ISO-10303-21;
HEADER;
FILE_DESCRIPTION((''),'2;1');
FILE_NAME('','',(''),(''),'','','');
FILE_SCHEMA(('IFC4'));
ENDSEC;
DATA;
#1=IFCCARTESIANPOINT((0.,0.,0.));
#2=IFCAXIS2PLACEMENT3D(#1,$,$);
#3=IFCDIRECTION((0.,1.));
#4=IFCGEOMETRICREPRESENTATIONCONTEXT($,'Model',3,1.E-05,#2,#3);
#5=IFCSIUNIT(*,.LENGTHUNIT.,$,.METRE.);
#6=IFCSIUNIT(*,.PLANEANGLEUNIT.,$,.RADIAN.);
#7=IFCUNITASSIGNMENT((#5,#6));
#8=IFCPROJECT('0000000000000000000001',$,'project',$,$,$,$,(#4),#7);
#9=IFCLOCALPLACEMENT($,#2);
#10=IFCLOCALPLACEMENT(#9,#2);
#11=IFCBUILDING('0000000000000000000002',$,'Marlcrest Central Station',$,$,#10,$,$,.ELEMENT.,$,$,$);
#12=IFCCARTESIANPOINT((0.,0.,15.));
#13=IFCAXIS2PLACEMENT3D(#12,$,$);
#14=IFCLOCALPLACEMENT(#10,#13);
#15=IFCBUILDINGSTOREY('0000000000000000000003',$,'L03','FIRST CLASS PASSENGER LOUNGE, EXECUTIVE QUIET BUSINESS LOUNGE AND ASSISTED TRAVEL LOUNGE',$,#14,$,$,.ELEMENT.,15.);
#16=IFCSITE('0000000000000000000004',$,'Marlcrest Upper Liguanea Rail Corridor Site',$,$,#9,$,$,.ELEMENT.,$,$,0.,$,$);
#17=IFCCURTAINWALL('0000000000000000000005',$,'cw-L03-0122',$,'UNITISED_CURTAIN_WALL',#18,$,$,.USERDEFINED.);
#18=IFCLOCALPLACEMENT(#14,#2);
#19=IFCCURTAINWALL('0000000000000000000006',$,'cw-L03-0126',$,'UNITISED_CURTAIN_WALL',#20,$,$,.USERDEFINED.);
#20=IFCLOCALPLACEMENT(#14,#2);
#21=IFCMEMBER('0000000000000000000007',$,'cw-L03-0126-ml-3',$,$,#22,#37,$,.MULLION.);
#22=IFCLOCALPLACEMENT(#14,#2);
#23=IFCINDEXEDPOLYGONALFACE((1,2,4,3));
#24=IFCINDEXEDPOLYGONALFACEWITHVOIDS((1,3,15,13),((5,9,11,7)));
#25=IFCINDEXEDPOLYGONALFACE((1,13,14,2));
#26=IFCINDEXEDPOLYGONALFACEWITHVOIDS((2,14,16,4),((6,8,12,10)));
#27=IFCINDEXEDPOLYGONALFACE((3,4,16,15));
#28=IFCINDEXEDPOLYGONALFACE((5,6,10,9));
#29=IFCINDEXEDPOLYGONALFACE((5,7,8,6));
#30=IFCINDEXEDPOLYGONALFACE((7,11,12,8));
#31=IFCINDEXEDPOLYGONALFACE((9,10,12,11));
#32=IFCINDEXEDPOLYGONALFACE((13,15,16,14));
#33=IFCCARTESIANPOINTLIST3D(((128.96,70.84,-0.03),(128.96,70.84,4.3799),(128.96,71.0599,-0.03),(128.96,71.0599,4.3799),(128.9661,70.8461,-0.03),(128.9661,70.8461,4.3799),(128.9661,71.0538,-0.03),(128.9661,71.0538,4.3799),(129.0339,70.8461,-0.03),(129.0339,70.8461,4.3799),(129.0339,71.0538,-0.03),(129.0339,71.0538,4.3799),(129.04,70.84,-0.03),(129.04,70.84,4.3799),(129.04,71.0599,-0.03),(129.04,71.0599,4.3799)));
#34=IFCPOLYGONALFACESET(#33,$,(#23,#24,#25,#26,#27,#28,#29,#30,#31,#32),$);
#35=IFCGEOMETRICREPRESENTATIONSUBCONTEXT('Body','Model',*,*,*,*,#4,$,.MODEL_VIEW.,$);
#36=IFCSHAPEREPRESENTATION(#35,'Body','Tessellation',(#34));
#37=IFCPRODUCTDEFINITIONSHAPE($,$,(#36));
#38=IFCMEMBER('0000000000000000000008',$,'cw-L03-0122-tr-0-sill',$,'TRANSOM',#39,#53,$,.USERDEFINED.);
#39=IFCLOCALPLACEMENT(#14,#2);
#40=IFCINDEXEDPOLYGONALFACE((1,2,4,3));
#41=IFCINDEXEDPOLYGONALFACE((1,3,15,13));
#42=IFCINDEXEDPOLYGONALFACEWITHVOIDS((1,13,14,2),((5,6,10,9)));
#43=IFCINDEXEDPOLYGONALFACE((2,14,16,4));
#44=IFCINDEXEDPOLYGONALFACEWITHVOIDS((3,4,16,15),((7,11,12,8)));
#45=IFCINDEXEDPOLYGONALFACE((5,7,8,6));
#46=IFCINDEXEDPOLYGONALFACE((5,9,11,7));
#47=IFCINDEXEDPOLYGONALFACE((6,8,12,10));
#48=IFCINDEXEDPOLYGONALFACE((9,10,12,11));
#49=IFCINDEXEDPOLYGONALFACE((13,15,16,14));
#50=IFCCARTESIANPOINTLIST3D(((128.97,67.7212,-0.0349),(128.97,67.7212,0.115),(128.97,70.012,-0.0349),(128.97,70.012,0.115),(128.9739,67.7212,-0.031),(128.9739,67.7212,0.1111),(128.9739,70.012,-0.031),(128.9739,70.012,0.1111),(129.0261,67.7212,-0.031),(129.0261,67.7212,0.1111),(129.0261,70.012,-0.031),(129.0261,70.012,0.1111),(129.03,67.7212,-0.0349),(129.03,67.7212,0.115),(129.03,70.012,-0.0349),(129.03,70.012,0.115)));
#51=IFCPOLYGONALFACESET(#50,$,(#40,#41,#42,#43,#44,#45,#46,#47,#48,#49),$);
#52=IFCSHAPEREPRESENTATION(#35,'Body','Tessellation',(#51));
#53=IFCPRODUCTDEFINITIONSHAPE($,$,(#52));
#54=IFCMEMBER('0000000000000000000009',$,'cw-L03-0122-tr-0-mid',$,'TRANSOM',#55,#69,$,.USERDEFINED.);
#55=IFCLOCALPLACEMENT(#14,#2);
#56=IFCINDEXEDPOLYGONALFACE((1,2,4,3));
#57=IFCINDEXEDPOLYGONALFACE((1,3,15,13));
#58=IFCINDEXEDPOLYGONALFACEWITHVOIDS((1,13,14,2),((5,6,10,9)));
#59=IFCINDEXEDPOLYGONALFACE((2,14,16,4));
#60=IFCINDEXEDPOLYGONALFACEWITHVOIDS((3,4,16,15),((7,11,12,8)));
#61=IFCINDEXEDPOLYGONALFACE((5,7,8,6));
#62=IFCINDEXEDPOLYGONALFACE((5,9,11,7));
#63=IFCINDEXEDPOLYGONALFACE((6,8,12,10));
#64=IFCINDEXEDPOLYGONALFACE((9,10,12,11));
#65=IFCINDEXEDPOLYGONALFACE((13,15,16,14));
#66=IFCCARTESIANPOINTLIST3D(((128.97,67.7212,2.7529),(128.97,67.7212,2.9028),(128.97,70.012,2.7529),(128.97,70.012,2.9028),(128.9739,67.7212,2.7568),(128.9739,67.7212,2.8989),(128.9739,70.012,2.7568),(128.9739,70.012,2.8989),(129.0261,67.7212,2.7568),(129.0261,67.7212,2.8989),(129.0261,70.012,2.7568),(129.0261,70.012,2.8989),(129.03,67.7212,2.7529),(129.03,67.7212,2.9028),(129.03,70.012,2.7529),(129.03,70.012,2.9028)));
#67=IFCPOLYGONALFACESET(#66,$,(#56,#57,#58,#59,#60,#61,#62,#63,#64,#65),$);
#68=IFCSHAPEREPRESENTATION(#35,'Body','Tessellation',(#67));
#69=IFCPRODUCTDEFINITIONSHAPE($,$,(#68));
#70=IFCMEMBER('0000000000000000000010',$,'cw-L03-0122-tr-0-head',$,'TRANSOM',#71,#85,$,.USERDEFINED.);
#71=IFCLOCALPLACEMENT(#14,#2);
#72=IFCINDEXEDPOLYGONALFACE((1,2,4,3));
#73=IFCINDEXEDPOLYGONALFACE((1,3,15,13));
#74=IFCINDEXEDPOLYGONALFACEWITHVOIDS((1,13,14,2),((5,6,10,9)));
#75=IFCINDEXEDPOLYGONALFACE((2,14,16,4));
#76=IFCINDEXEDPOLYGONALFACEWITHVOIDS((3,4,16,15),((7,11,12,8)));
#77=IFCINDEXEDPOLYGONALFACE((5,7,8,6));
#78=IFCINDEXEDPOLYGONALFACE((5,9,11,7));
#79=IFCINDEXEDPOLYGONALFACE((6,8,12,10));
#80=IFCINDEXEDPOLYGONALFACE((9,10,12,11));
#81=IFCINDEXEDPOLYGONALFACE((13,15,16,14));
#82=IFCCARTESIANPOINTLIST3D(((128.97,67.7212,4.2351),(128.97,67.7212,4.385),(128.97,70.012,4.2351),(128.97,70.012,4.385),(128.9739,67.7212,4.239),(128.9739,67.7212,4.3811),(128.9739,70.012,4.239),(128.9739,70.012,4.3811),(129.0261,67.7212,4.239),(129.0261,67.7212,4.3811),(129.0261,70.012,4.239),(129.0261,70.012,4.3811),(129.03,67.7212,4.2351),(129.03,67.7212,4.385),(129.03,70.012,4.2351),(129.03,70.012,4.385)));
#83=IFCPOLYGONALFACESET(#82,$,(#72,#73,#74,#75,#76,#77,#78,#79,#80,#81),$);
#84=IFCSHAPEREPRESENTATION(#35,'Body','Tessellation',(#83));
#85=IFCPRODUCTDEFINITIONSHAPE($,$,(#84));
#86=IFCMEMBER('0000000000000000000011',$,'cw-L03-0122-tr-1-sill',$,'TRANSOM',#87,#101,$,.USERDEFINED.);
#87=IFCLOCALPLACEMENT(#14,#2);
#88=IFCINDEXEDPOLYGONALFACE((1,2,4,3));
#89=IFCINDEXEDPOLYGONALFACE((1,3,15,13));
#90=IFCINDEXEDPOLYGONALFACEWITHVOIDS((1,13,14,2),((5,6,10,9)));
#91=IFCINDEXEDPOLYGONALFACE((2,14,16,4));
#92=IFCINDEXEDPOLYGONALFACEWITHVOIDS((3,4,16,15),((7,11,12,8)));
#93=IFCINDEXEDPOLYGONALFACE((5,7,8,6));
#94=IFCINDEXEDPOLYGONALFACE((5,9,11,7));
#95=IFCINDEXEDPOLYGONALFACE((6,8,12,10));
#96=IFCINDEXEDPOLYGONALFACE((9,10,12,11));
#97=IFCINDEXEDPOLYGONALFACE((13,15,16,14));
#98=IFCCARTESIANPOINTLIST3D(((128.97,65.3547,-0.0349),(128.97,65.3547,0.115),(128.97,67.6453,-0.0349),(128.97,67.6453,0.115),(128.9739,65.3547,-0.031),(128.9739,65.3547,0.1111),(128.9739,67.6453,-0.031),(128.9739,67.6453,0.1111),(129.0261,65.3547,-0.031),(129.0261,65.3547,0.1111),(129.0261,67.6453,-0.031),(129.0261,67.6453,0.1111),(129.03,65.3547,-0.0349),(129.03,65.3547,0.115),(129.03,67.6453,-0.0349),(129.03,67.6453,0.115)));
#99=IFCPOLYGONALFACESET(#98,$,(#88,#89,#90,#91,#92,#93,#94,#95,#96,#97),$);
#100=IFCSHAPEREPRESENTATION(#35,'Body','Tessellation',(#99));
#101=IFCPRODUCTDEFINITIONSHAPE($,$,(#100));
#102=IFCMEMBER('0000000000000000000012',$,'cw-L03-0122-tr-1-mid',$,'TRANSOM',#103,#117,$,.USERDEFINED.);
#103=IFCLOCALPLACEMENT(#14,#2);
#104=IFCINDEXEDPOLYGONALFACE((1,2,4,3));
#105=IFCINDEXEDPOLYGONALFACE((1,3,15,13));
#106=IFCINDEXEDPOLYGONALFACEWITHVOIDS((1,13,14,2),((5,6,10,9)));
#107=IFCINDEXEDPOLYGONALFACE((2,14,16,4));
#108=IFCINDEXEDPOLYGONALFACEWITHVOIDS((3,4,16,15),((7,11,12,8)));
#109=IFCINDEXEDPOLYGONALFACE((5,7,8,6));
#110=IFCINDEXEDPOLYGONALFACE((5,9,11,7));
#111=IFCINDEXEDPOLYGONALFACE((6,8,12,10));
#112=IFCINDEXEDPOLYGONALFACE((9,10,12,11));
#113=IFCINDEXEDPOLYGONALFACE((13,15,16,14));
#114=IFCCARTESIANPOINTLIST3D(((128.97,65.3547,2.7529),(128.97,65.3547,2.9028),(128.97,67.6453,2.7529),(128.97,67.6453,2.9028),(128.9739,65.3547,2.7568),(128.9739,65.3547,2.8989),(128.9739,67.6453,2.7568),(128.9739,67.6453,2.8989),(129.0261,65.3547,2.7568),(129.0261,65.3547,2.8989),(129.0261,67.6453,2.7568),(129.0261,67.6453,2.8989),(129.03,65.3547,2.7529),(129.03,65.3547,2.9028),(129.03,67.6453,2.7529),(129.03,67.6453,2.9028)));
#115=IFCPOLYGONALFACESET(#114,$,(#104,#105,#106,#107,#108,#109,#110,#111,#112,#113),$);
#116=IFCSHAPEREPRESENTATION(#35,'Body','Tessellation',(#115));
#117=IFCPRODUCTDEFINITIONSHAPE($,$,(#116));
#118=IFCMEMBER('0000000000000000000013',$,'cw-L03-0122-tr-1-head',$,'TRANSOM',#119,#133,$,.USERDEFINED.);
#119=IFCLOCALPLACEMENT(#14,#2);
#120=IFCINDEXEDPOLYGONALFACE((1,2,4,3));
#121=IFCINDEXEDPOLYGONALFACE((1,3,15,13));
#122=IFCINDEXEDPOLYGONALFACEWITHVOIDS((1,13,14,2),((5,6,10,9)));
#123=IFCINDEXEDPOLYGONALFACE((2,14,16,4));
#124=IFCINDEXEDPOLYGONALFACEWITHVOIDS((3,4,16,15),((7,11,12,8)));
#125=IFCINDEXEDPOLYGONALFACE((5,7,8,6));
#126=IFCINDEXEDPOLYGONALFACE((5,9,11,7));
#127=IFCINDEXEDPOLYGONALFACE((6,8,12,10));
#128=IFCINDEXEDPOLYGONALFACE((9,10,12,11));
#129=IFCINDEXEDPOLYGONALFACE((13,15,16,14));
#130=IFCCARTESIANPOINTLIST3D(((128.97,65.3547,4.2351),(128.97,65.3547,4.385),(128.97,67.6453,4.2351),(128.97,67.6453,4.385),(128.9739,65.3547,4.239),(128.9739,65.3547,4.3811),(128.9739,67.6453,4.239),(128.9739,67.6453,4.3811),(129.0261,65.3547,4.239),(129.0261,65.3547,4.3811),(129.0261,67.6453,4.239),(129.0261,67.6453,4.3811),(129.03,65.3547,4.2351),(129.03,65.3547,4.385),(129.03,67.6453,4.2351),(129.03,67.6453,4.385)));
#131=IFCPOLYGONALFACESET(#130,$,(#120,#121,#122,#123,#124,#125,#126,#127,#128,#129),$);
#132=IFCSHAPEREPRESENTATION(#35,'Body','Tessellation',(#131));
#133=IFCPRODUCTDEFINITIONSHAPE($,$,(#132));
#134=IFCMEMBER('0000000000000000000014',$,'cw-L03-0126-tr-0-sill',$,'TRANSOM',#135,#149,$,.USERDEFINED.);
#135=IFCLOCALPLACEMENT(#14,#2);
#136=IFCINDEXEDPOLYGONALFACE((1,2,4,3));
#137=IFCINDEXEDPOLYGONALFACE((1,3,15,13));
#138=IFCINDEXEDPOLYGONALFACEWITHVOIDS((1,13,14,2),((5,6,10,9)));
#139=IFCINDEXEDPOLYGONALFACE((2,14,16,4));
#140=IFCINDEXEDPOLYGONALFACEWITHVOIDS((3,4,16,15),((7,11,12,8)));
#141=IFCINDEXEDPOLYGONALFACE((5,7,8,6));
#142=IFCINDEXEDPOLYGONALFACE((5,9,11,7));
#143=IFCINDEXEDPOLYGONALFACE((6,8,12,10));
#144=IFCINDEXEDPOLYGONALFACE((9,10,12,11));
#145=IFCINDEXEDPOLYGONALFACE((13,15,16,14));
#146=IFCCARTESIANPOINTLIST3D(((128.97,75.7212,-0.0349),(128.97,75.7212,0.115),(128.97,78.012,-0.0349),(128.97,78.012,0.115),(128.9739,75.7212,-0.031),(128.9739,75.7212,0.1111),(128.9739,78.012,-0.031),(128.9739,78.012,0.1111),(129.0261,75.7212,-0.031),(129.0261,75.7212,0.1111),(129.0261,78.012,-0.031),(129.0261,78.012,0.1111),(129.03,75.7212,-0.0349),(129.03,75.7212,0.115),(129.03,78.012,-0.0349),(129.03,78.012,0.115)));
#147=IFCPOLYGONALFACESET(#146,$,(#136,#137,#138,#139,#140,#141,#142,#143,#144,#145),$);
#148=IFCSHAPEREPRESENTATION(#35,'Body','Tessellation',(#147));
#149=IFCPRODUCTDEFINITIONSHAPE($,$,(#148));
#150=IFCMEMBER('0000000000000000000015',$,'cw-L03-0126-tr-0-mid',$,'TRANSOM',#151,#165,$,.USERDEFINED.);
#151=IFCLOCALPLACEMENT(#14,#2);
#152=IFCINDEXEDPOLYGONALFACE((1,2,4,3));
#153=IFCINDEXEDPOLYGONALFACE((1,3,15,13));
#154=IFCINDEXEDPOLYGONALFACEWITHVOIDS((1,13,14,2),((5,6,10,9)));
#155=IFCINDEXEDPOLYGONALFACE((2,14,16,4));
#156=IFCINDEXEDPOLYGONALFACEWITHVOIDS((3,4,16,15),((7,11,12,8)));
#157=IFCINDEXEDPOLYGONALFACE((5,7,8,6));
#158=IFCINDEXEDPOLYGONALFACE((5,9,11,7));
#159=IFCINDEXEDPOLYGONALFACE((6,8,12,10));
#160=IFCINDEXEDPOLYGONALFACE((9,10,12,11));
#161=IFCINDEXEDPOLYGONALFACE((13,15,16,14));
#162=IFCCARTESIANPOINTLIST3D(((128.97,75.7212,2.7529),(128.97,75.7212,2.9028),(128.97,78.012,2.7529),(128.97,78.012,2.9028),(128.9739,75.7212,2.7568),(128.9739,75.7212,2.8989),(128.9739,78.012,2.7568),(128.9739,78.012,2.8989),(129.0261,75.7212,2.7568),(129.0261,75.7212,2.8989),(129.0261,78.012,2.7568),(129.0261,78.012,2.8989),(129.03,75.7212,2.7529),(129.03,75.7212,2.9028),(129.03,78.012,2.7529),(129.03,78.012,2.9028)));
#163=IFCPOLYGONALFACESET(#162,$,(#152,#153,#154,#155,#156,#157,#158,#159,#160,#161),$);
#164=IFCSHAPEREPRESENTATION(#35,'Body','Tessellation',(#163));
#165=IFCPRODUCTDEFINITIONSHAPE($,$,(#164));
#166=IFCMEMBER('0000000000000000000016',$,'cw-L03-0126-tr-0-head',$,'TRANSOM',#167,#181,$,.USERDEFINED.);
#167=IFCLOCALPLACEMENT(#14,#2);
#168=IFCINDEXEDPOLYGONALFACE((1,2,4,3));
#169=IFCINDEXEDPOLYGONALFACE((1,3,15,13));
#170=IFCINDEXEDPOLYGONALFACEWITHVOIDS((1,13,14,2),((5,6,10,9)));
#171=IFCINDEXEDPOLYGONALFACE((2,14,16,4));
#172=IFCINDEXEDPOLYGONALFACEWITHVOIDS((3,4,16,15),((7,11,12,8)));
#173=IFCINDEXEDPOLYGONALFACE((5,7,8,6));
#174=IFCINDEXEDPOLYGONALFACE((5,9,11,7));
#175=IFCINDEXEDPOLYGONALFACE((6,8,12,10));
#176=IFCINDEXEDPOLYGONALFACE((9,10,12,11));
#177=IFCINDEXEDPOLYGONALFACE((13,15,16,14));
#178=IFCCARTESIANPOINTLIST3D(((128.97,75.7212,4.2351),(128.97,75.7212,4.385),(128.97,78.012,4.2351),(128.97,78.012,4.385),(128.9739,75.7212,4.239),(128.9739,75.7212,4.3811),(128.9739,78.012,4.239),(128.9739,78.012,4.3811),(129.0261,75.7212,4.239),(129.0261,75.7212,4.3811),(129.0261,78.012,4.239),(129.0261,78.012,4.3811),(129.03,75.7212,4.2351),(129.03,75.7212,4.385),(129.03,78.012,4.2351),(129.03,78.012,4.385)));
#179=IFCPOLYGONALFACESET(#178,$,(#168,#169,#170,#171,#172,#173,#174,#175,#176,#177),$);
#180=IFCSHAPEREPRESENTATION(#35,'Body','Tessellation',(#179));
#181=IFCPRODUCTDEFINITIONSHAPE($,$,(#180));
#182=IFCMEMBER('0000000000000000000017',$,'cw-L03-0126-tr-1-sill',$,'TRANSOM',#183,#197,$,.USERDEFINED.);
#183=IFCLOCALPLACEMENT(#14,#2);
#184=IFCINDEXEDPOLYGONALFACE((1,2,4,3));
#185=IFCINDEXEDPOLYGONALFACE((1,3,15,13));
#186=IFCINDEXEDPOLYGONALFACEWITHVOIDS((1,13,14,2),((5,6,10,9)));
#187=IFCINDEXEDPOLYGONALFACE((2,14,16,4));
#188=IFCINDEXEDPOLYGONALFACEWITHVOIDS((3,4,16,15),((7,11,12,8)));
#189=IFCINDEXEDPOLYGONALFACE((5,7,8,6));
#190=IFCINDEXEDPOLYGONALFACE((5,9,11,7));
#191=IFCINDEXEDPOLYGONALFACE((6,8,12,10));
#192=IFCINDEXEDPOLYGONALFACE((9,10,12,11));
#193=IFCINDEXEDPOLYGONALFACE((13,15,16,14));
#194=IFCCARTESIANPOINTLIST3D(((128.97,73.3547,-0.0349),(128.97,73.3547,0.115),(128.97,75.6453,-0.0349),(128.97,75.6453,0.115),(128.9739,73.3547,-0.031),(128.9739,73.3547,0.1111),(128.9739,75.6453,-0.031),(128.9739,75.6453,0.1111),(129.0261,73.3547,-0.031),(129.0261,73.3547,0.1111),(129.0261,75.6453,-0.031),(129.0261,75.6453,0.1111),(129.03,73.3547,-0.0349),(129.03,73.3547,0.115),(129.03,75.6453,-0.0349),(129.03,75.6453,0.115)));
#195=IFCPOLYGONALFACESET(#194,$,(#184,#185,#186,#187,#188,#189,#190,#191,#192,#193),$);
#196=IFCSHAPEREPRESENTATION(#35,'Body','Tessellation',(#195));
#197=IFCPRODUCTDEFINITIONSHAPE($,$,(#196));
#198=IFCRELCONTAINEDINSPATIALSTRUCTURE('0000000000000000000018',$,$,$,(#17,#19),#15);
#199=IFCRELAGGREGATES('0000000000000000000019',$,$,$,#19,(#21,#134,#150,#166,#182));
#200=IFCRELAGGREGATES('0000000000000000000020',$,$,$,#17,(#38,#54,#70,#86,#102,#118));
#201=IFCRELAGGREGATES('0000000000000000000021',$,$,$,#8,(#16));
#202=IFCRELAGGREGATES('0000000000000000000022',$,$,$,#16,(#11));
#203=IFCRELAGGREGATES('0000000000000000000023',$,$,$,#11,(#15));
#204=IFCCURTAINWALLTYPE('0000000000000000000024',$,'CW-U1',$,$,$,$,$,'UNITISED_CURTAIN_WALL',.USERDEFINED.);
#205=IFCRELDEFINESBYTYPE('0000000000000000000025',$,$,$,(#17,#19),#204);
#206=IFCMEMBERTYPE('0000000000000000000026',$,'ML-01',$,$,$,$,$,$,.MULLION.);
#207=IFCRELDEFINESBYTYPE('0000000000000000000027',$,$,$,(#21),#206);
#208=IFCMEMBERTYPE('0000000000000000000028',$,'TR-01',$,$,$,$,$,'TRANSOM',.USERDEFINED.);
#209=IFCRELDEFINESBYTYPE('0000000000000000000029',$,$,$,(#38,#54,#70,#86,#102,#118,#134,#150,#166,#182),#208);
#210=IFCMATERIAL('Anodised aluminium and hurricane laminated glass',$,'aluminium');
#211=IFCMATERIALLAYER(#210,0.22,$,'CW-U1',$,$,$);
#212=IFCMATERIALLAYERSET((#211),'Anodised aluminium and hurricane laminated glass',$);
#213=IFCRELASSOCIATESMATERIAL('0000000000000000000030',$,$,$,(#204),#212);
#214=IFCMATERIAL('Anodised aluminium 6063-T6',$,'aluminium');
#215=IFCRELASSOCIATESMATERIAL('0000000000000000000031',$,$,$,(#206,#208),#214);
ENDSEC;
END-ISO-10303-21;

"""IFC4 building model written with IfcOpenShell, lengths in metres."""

from ifc_helpers import new_model, si_unit, direction, frame, origin, origin_2d, place, context, subcontext, project, spatial, hollow_rectangle, extrude, material, layer, layer_set, material_profile, profile_set, type_object, element, aggregate, save


model = new_model("IFC4")

# Units and contexts
model_context = context("Model", 3, precision=1e-05, world=origin(), true_north=direction((0.0, 1.0)))
body_context = subcontext(model_context, "Body", "Model", "MODEL_VIEW")
ifc_project = project(units=[si_unit("LENGTHUNIT", "METRE"), si_unit("PLANEANGLEUNIT", "RADIAN")], contexts=[model_context])

# Site, building, storey
site_placement = place(None, origin())
site = spatial("IfcSite", under=ifc_project, at=site_placement, Name="Marlcrest Upper Liguanea Rail Corridor Site", CompositionType="ELEMENT", RefElevation=0.0)
building_placement = place(site_placement, origin())
building = spatial("IfcBuilding", under=site, at=building_placement, Name="Marlcrest Central Station", CompositionType="ELEMENT")
storey_placement = place(building_placement, frame((0.0, 0.0, 15.0)))
storey = spatial("IfcBuildingStorey", under=building, at=storey_placement, Name="L03", Description="FIRST CLASS PASSENGER LOUNGE, EXECUTIVE QUIET BUSINESS LOUNGE AND ASSISTED TRAVEL LOUNGE", CompositionType="ELEMENT", Elevation=15.0)

# Curtain walls, member
ifc_material_1 = material(Name="Anodised aluminium and hurricane laminated glass", Category="aluminium")
ifc_layer_1 = layer(ifc_material_1, 0.22, Name="CW-U1")
ifc_layer_set_1 = layer_set([ifc_layer_1], Name="Anodised aluminium and hurricane laminated glass")
curtain_wall_type = type_object("IfcCurtainWallType", Name="CW-U1", ElementType="UNITISED_CURTAIN_WALL", PredefinedType="USERDEFINED", material=ifc_layer_set_1)
curtain_wall_1_placement = place(storey_placement, origin())
curtain_wall_1 = element("IfcCurtainWall", 1, at=curtain_wall_1_placement, inside=storey, type_object=curtain_wall_type, Name="cw-L03-0122", ObjectType="UNITISED_CURTAIN_WALL", PredefinedType="USERDEFINED")
ifc_material_2 = material(Name="Anodised aluminium 6063-T6", Category="aluminium")
ifc_material_profile_1 = material_profile(ifc_material_2, hollow_rectangle(XDim=0.0801, YDim=0.22, WallThickness=0.0061, at=origin_2d()), Name="AA-RHS 220x80x6")
ifc_profile_set_1 = profile_set([ifc_material_profile_1], Name="Anodised aluminium 6063-T6")
member_type_1 = type_object("IfcMemberType", Name="ML-01", PredefinedType="MULLION", material=ifc_profile_set_1)
curtain_wall_2_placement = place(storey_placement, origin())
curtain_wall_2 = element("IfcCurtainWall", 2, at=curtain_wall_2_placement, inside=storey, type_object=curtain_wall_type, Name="cw-L03-0126", ObjectType="UNITISED_CURTAIN_WALL", PredefinedType="USERDEFINED")
member_1_placement = place(storey_placement, frame((129.0, 70.95, -0.03), z_axis=(0.0, 0.0, 1.0), x_axis=(1.0, 0.0, 0.0)))
member_1 = element("IfcMember", 3, at=member_1_placement, type_object=member_type_1, Name="cw-L03-0126-ml-3", PredefinedType="MULLION", context=body_context, shape_type="SweptSolid", body=[
    extrude(hollow_rectangle(XDim=0.0801, YDim=0.22, WallThickness=0.0061, at=origin_2d()), origin(), (0.0, 0.0, 1.0), 4.4099),
])

# Members
ifc_material_profile_2 = material_profile(ifc_material_2, hollow_rectangle(XDim=0.0601, YDim=0.1499, WallThickness=0.0039, at=origin_2d()), Name="AA-RHS 150x60x4")
ifc_profile_set_2 = profile_set([ifc_material_profile_2], Name="Anodised aluminium 6063-T6")
member_type_2 = type_object("IfcMemberType", Name="TR-01", ElementType="TRANSOM", PredefinedType="USERDEFINED", material=ifc_profile_set_2)
member_2_placement = place(storey_placement, frame((129.0, 70.012, 0.04), z_axis=(0.0, -1.0, 0.0), x_axis=(1.0, 0.0, 0.0)))
member_2 = element("IfcMember", 4, at=member_2_placement, type_object=member_type_2, Name="cw-L03-0122-tr-0-sill", ObjectType="TRANSOM", PredefinedType="USERDEFINED", context=body_context, shape_type="SweptSolid", body=[
    extrude(hollow_rectangle(XDim=0.0601, YDim=0.1499, WallThickness=0.0039, at=origin_2d()), origin(), (0.0, 0.0, 1.0), 2.2908),
])
member_3_placement = place(storey_placement, frame((129.0, 70.012, 2.8279), z_axis=(0.0, -1.0, 0.0), x_axis=(1.0, 0.0, 0.0)))
member_3 = element("IfcMember", 5, at=member_3_placement, type_object=member_type_2, Name="cw-L03-0122-tr-0-mid", ObjectType="TRANSOM", PredefinedType="USERDEFINED", context=body_context, shape_type="SweptSolid", body=[
    extrude(hollow_rectangle(XDim=0.0601, YDim=0.1499, WallThickness=0.0039, at=origin_2d()), origin(), (0.0, 0.0, 1.0), 2.2908),
])
member_4_placement = place(storey_placement, frame((129.0, 70.012, 4.3101), z_axis=(0.0, -1.0, 0.0), x_axis=(1.0, 0.0, 0.0)))
member_4 = element("IfcMember", 6, at=member_4_placement, type_object=member_type_2, Name="cw-L03-0122-tr-0-head", ObjectType="TRANSOM", PredefinedType="USERDEFINED", context=body_context, shape_type="SweptSolid", body=[
    extrude(hollow_rectangle(XDim=0.0601, YDim=0.1499, WallThickness=0.0039, at=origin_2d()), origin(), (0.0, 0.0, 1.0), 2.2908),
])
member_5_placement = place(storey_placement, frame((129.0, 67.6453, 0.04), z_axis=(0.0, -1.0, 0.0), x_axis=(1.0, 0.0, 0.0)))
member_5 = element("IfcMember", 7, at=member_5_placement, type_object=member_type_2, Name="cw-L03-0122-tr-1-sill", ObjectType="TRANSOM", PredefinedType="USERDEFINED", context=body_context, shape_type="SweptSolid", body=[
    extrude(hollow_rectangle(XDim=0.0601, YDim=0.1499, WallThickness=0.0039, at=origin_2d()), origin(), (0.0, 0.0, 1.0), 2.2905),
])
member_6_placement = place(storey_placement, frame((129.0, 67.6453, 2.8279), z_axis=(0.0, -1.0, 0.0), x_axis=(1.0, 0.0, 0.0)))
member_6 = element("IfcMember", 8, at=member_6_placement, type_object=member_type_2, Name="cw-L03-0122-tr-1-mid", ObjectType="TRANSOM", PredefinedType="USERDEFINED", context=body_context, shape_type="SweptSolid", body=[
    extrude(hollow_rectangle(XDim=0.0601, YDim=0.1499, WallThickness=0.0039, at=origin_2d()), origin(), (0.0, 0.0, 1.0), 2.2905),
])
member_7_placement = place(storey_placement, frame((129.0, 67.6453, 4.3101), z_axis=(0.0, -1.0, 0.0), x_axis=(1.0, 0.0, 0.0)))
member_7 = element("IfcMember", 9, at=member_7_placement, type_object=member_type_2, Name="cw-L03-0122-tr-1-head", ObjectType="TRANSOM", PredefinedType="USERDEFINED", context=body_context, shape_type="SweptSolid", body=[
    extrude(hollow_rectangle(XDim=0.0601, YDim=0.1499, WallThickness=0.0039, at=origin_2d()), origin(), (0.0, 0.0, 1.0), 2.2905),
])
member_8_placement = place(storey_placement, frame((129.0, 78.012, 0.04), z_axis=(0.0, -1.0, 0.0), x_axis=(1.0, 0.0, 0.0)))
member_8 = element("IfcMember", 10, at=member_8_placement, type_object=member_type_2, Name="cw-L03-0126-tr-0-sill", ObjectType="TRANSOM", PredefinedType="USERDEFINED", context=body_context, shape_type="SweptSolid", body=[
    extrude(hollow_rectangle(XDim=0.0601, YDim=0.1499, WallThickness=0.0039, at=origin_2d()), origin(), (0.0, 0.0, 1.0), 2.2908),
])
member_9_placement = place(storey_placement, frame((129.0, 78.012, 2.8279), z_axis=(0.0, -1.0, 0.0), x_axis=(1.0, 0.0, 0.0)))
member_9 = element("IfcMember", 11, at=member_9_placement, type_object=member_type_2, Name="cw-L03-0126-tr-0-mid", ObjectType="TRANSOM", PredefinedType="USERDEFINED", context=body_context, shape_type="SweptSolid", body=[
    extrude(hollow_rectangle(XDim=0.0601, YDim=0.1499, WallThickness=0.0039, at=origin_2d()), origin(), (0.0, 0.0, 1.0), 2.2908),
])
member_10_placement = place(storey_placement, frame((129.0, 78.012, 4.3101), z_axis=(0.0, -1.0, 0.0), x_axis=(1.0, 0.0, 0.0)))
member_10 = element("IfcMember", 12, at=member_10_placement, type_object=member_type_2, Name="cw-L03-0126-tr-0-head", ObjectType="TRANSOM", PredefinedType="USERDEFINED", context=body_context, shape_type="SweptSolid", body=[
    extrude(hollow_rectangle(XDim=0.0601, YDim=0.1499, WallThickness=0.0039, at=origin_2d()), origin(), (0.0, 0.0, 1.0), 2.2908),
])
member_11_placement = place(storey_placement, frame((129.0, 75.6453, 0.04), z_axis=(0.0, -1.0, 0.0), x_axis=(1.0, 0.0, 0.0)))
member_11 = element("IfcMember", 13, at=member_11_placement, type_object=member_type_2, Name="cw-L03-0126-tr-1-sill", ObjectType="TRANSOM", PredefinedType="USERDEFINED", context=body_context, shape_type="SweptSolid", body=[
    extrude(hollow_rectangle(XDim=0.0601, YDim=0.1499, WallThickness=0.0039, at=origin_2d()), origin(), (0.0, 0.0, 1.0), 2.2905),
])

aggregate(curtain_wall_2, [member_1, member_8, member_9, member_10, member_11])
aggregate(curtain_wall_1, [member_2, member_3, member_4, member_5, member_6, member_7])

save(model, "model.ifc")
